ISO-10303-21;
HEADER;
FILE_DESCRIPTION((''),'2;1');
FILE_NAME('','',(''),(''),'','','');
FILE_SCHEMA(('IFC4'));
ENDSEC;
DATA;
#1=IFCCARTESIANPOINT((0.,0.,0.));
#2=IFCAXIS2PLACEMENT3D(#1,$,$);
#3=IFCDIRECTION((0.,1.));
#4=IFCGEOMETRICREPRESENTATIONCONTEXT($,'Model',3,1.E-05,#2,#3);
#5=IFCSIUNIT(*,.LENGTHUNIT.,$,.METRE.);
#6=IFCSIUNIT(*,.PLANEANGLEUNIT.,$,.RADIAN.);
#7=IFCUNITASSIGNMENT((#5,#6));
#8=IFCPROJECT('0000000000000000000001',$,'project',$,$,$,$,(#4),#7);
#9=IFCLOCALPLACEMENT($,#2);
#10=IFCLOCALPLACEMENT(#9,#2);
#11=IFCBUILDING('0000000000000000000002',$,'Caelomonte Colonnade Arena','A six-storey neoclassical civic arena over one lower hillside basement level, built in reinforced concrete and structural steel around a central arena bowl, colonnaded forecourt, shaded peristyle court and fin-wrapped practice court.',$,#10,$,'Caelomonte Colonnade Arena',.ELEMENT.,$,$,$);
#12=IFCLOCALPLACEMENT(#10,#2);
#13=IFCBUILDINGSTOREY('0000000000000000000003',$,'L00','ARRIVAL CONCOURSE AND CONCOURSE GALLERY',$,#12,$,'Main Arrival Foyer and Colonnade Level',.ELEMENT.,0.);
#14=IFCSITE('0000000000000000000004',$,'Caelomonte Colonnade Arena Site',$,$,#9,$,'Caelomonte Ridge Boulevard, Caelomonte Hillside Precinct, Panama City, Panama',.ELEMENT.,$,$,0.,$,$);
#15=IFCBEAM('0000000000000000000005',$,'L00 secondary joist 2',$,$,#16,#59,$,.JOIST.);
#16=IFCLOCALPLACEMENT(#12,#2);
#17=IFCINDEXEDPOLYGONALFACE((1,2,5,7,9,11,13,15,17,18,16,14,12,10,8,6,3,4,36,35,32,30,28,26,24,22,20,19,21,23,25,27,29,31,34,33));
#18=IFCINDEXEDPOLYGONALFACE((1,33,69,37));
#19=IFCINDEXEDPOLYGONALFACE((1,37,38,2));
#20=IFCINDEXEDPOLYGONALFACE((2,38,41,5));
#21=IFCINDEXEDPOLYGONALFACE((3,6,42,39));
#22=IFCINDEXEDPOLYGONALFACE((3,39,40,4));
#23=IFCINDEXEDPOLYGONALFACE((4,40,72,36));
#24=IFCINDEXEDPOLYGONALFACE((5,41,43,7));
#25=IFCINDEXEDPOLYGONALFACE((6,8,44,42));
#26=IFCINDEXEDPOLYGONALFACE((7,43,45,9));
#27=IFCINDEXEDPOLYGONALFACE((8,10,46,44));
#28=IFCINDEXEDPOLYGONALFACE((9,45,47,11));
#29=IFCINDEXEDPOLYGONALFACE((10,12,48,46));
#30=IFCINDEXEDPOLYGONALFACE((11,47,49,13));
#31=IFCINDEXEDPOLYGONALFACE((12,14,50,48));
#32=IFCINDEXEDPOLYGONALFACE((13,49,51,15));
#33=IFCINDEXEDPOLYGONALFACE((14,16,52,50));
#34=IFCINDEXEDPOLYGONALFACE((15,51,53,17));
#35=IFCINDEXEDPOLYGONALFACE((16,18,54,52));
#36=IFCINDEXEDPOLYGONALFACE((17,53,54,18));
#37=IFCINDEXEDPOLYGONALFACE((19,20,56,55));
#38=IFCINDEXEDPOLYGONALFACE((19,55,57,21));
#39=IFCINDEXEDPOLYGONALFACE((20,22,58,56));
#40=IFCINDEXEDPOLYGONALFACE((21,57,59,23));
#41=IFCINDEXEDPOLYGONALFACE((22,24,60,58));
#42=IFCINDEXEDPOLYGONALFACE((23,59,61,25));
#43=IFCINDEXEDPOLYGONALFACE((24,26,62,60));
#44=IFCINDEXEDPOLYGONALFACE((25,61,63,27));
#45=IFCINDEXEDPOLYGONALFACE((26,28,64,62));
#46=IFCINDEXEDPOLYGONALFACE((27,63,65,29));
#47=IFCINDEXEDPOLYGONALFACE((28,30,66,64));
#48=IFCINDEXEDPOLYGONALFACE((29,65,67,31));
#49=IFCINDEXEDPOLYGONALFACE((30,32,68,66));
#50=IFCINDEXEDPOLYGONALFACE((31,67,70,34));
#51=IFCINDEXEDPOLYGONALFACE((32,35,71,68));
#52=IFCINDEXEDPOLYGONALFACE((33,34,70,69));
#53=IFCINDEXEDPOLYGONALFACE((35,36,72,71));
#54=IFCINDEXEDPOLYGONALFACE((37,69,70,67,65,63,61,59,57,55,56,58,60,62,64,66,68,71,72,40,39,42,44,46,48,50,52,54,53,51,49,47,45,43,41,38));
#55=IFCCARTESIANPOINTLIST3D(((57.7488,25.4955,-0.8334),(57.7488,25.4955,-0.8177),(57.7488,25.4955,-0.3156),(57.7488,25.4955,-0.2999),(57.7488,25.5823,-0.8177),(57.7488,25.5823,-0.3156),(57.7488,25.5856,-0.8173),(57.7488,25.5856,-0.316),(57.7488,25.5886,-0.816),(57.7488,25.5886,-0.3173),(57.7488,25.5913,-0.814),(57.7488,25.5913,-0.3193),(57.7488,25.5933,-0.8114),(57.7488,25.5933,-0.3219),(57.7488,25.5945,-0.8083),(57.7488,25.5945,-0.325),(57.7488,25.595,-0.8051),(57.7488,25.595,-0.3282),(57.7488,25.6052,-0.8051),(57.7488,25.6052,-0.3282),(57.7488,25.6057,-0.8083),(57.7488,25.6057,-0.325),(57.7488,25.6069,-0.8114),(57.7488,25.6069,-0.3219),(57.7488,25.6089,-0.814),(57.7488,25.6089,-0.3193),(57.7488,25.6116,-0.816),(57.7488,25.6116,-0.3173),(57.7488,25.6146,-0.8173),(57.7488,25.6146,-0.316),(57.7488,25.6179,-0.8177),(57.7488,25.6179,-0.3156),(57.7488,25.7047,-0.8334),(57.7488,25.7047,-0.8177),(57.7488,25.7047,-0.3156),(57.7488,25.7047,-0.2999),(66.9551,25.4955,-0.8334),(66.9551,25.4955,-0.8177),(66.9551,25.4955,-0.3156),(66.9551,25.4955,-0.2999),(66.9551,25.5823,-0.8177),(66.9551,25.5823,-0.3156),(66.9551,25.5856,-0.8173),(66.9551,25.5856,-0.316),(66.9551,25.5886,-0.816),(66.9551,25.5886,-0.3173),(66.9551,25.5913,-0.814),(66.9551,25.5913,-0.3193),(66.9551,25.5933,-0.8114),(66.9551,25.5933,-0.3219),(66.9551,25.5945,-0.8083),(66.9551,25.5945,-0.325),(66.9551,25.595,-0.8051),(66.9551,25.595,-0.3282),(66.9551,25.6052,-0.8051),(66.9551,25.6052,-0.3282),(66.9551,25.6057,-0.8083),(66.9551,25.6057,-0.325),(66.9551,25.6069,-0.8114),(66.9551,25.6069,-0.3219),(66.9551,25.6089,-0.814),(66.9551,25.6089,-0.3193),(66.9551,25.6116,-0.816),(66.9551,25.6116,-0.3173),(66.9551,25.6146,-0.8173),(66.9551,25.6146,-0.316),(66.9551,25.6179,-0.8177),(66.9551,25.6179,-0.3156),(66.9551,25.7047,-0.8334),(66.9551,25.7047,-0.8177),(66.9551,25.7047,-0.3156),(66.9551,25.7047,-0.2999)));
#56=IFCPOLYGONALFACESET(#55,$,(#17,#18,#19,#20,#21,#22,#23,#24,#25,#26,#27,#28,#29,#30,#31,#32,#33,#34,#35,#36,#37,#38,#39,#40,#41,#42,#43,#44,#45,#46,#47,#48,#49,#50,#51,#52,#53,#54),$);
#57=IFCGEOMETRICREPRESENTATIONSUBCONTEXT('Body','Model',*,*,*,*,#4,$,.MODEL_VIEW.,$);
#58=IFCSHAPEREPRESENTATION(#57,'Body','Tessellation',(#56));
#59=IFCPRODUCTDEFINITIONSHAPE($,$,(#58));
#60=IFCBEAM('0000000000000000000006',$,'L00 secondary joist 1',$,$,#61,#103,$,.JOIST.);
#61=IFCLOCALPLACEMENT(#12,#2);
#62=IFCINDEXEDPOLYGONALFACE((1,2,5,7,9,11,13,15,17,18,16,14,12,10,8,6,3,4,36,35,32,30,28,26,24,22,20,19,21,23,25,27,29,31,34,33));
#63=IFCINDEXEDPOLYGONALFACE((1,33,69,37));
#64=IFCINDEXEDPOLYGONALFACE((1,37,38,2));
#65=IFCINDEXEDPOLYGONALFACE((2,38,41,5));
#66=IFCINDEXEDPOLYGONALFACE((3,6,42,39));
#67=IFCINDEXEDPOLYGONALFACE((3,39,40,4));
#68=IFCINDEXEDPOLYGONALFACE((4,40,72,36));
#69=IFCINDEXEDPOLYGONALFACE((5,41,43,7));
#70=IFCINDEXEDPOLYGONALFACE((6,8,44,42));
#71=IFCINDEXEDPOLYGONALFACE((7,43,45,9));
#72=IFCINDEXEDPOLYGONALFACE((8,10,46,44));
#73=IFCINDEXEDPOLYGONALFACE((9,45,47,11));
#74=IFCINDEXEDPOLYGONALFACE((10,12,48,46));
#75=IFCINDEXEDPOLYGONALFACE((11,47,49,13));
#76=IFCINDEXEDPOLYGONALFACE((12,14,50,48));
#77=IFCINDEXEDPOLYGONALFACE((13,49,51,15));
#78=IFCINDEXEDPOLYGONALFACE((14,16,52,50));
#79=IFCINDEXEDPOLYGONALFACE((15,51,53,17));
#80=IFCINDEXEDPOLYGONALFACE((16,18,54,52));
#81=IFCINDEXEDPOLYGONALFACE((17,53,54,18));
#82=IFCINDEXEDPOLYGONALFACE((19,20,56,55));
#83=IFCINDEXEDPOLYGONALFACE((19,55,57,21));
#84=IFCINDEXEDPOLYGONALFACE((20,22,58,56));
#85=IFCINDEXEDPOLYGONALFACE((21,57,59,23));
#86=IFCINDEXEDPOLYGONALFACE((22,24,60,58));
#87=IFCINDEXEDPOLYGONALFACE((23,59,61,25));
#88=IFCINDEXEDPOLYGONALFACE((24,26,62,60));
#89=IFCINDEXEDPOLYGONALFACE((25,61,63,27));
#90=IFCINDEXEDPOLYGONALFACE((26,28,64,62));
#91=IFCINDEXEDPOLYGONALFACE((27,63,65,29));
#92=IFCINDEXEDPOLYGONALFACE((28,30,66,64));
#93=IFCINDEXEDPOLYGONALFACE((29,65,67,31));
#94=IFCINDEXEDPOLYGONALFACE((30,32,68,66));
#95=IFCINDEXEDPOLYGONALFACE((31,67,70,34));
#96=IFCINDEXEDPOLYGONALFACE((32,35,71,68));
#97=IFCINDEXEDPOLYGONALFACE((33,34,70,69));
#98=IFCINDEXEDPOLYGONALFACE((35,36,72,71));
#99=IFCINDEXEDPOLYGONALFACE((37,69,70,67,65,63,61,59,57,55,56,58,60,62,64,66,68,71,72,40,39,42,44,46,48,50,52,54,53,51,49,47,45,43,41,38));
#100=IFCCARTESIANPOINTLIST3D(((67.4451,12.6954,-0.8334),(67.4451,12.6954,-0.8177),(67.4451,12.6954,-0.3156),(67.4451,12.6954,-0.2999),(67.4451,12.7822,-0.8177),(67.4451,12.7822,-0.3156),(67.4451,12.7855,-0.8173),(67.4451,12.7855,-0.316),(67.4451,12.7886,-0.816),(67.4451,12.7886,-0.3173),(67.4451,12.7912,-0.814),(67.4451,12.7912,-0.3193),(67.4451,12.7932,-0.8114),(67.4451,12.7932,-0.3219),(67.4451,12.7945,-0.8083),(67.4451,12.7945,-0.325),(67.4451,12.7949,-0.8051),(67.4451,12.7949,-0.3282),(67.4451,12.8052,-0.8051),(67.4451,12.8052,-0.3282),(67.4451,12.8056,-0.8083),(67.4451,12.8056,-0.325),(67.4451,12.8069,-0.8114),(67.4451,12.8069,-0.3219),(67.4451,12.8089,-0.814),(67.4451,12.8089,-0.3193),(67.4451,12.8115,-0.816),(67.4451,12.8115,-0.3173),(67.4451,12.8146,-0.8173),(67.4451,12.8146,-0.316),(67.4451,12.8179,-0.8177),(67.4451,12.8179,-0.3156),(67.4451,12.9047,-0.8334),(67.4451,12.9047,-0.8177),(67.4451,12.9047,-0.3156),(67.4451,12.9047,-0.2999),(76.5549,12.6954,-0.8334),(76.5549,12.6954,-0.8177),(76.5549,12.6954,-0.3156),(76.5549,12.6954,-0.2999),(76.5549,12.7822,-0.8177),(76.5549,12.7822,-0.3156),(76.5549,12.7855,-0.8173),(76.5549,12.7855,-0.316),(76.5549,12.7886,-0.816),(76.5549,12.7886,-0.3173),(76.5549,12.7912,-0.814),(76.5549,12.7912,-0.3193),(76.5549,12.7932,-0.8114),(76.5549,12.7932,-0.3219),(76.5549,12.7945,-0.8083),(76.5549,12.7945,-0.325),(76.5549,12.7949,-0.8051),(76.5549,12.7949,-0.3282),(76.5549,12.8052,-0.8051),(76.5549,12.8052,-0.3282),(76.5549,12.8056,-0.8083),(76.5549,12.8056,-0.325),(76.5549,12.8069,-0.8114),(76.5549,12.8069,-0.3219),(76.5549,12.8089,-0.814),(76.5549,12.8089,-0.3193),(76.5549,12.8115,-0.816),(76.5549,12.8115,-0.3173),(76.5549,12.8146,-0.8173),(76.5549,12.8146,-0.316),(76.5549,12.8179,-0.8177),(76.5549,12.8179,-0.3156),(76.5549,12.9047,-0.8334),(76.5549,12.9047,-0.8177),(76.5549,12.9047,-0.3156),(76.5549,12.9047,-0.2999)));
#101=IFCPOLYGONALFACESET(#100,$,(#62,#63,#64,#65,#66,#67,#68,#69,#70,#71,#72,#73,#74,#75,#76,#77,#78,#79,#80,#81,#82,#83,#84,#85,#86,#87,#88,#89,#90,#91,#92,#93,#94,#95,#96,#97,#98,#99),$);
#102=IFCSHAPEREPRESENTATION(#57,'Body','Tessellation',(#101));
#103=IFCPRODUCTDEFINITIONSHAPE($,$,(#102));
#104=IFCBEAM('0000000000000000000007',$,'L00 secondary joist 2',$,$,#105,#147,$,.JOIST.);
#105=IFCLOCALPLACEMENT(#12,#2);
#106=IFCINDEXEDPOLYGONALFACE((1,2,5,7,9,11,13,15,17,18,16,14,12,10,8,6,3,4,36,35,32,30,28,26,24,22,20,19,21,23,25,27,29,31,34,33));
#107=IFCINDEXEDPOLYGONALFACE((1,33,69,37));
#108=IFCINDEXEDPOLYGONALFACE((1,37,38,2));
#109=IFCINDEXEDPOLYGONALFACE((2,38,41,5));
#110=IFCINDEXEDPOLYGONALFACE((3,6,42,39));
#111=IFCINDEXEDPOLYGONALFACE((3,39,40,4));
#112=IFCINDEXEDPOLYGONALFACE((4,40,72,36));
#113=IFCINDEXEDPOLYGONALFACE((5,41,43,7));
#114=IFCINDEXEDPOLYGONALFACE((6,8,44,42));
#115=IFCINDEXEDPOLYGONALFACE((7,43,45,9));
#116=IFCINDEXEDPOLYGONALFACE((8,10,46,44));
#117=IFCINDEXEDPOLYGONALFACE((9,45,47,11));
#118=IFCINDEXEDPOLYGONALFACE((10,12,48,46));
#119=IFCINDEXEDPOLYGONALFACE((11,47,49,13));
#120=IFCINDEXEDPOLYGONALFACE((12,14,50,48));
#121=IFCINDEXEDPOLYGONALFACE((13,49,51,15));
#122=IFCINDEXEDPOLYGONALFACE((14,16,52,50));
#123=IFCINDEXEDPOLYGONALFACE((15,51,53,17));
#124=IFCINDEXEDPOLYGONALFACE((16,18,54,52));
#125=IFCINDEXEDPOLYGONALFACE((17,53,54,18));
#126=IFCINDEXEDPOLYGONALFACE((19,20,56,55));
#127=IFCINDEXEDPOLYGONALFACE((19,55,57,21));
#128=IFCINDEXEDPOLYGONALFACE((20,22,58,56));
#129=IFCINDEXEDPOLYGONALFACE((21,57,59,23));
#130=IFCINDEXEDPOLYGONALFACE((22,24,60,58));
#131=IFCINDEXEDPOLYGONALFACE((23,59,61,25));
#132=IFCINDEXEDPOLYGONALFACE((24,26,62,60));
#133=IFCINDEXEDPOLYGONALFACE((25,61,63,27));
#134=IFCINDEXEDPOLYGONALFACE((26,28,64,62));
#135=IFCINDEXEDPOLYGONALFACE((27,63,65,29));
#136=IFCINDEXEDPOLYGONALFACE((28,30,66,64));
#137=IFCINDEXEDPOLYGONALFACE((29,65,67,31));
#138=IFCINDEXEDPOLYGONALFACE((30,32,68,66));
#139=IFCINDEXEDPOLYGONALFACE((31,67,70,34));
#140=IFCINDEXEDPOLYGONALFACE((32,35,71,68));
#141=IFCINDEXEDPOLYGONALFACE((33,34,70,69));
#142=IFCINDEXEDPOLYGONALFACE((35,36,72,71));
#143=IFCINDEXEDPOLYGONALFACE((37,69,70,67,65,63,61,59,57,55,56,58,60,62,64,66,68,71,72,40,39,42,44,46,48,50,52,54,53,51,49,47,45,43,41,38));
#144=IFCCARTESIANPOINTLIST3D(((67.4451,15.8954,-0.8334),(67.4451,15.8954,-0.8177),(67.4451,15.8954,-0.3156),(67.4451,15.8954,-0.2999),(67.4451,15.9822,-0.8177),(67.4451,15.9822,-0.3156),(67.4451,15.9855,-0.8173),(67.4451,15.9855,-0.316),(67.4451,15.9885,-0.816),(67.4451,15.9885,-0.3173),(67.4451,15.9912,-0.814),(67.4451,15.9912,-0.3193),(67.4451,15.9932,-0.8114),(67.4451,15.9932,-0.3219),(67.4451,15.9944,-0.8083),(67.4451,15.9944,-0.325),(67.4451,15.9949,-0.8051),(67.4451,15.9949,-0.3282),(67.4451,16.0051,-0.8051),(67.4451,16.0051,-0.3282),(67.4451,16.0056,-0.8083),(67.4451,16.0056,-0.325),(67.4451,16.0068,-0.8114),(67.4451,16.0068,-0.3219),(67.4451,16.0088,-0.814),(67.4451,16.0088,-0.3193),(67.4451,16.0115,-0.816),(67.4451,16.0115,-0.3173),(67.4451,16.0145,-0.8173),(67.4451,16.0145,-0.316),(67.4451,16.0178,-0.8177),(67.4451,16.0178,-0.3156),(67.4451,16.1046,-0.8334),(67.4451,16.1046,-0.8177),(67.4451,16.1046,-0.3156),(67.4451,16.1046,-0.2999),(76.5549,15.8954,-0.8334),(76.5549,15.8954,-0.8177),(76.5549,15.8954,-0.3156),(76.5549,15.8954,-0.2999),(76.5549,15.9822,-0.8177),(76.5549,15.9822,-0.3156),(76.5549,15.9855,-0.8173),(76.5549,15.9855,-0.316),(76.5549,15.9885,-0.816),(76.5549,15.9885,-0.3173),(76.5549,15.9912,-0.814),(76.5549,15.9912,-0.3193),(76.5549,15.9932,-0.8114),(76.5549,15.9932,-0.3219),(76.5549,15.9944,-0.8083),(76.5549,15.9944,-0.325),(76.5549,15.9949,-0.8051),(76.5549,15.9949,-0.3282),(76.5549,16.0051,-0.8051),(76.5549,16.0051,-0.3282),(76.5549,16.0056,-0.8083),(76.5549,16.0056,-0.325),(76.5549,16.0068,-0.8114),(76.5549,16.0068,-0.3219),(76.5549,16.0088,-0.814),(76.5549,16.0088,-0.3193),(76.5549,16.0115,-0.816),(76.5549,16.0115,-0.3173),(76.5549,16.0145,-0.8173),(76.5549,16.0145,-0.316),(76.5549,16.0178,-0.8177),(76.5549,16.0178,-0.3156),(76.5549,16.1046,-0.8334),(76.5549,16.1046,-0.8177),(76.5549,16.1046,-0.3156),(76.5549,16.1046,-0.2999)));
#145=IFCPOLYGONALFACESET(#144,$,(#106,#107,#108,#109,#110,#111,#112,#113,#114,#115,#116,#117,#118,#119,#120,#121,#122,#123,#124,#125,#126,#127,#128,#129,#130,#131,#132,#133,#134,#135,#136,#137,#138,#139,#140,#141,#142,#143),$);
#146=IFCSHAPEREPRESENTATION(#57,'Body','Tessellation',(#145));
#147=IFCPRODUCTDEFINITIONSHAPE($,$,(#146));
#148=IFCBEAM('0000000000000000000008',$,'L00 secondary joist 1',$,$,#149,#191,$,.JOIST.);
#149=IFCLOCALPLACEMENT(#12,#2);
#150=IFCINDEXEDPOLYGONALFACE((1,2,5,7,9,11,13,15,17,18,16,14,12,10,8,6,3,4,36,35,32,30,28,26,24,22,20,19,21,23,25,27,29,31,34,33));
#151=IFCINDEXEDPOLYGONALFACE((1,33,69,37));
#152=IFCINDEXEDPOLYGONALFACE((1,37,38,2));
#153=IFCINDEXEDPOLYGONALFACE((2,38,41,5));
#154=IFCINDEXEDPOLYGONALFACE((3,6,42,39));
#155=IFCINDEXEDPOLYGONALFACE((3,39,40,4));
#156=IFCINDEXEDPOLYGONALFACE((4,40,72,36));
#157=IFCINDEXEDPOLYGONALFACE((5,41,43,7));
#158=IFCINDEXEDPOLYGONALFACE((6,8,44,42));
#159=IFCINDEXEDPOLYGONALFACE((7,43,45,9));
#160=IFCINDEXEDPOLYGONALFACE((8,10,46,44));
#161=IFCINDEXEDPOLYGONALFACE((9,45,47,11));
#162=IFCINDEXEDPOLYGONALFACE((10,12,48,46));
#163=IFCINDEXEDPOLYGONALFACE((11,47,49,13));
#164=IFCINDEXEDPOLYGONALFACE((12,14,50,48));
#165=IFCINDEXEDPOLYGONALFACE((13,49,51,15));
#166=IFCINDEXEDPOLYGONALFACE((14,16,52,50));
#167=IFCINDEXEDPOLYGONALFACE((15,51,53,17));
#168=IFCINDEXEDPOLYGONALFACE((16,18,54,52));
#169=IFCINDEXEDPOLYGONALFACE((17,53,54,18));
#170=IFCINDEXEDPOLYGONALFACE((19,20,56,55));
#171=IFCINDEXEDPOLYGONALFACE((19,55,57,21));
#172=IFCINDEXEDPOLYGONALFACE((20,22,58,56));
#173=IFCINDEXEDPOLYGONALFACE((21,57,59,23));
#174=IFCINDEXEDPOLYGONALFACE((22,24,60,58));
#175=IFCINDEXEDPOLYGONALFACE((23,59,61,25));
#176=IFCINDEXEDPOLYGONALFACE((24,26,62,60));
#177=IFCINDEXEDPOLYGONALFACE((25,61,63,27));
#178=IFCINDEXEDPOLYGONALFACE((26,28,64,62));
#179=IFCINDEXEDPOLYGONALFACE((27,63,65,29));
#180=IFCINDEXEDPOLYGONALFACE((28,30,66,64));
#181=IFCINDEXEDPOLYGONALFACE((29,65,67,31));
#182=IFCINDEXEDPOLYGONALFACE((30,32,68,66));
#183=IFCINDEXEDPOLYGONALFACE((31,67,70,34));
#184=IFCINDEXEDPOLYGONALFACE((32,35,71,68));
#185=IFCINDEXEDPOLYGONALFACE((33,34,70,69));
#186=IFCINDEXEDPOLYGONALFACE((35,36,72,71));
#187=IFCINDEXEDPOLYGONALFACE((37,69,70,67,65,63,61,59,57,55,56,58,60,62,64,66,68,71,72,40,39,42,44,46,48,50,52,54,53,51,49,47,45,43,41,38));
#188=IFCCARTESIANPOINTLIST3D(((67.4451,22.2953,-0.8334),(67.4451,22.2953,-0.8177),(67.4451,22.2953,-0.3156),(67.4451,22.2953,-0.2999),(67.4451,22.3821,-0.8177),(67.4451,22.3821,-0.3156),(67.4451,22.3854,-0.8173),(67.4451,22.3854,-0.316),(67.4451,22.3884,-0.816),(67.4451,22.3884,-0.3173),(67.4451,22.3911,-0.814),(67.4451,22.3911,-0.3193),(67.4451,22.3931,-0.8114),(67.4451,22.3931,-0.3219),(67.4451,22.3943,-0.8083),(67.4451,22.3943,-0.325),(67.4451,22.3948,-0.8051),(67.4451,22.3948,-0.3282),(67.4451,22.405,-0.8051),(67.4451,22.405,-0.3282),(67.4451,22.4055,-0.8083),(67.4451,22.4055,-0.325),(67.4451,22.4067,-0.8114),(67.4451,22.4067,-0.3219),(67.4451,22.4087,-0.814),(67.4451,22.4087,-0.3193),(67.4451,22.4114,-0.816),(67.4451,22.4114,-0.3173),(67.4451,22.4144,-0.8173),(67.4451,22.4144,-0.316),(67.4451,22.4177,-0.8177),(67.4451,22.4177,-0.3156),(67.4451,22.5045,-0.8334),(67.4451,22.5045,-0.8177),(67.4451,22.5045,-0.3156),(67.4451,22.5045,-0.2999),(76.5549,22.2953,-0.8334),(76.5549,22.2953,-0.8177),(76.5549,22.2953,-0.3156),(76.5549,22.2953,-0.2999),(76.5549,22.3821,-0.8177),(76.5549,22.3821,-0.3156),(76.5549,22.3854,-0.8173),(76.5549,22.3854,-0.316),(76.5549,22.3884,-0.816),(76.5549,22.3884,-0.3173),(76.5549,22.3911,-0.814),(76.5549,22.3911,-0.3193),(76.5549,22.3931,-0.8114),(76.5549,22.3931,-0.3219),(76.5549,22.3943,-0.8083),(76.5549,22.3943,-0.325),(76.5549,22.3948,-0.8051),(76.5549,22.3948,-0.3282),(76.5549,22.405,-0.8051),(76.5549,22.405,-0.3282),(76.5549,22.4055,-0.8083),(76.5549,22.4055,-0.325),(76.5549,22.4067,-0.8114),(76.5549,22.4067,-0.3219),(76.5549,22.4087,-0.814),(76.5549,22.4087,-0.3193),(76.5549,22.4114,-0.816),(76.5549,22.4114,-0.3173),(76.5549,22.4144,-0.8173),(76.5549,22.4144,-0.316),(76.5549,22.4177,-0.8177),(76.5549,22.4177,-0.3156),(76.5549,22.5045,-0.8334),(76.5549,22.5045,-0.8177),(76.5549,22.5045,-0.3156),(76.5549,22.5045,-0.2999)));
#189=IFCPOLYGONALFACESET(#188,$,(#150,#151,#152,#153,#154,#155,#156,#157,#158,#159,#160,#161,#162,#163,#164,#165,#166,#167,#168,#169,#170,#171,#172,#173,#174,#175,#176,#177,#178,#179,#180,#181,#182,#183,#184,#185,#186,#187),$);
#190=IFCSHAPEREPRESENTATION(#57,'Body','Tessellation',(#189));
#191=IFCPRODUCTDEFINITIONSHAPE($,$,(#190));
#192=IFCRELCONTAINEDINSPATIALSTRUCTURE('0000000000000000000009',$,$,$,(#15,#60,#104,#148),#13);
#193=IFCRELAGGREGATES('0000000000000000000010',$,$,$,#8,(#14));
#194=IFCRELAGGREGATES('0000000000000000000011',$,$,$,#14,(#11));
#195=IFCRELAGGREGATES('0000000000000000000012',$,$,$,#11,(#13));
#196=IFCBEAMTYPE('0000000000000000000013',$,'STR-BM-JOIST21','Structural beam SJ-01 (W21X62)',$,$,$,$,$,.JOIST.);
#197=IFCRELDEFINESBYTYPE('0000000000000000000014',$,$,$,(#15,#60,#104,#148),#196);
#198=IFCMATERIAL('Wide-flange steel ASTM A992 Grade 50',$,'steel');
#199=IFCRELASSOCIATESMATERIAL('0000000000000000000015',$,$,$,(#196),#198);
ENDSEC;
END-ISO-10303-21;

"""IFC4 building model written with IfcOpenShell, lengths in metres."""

from ifc_helpers import new_model, si_unit, direction, frame, origin, origin_2d, place, context, subcontext, project, spatial, i_section, extrude, material, material_profile, profile_set, type_object, element, save


model = new_model("IFC4")

# Units and contexts
model_context = context("Model", 3, precision=1e-05, world=origin(), true_north=direction((0.0, 1.0)))
body_context = subcontext(model_context, "Body", "Model", "MODEL_VIEW")
ifc_project = project(units=[si_unit("LENGTHUNIT", "METRE"), si_unit("PLANEANGLEUNIT", "RADIAN")], contexts=[model_context])

# Site, building, storey
site_placement = place(None, origin())
site = spatial("IfcSite", under=ifc_project, at=site_placement, Name="Caelomonte Colonnade Arena Site", LongName="Caelomonte Ridge Boulevard, Caelomonte Hillside Precinct, Panama City, Panama", CompositionType="ELEMENT", RefElevation=0.0)
building_placement = place(site_placement, origin())
building = spatial("IfcBuilding", under=site, at=building_placement, Name="Caelomonte Colonnade Arena", Description="A six-storey neoclassical civic arena over one lower hillside basement level, built in reinforced concrete and structural steel around a central arena bowl, colonnaded forecourt, shaded peristyle court and fin-wrapped practice court.", LongName="Caelomonte Colonnade Arena", CompositionType="ELEMENT")
storey_placement = place(building_placement, origin())
storey = spatial("IfcBuildingStorey", under=building, at=storey_placement, Name="L00", Description="ARRIVAL CONCOURSE AND CONCOURSE GALLERY", LongName="Main Arrival Foyer and Colonnade Level", CompositionType="ELEMENT", Elevation=0.0)

# Shared definitions
ifc_material_1 = material(Name="Wide-flange steel ASTM A992 Grade 50", Category="steel")

# Beams
ifc_material_profile_1 = material_profile(ifc_material_1, i_section(OverallWidth=0.2092, OverallDepth=0.5334, WebThickness=0.0103, FlangeThickness=0.0156, FilletRadius=0.0127, at=origin_2d()), Name="W21X62")
ifc_profile_set_1 = profile_set([ifc_material_profile_1], Name="Wide-flange steel ASTM A992 Grade 50")
beam_type_1 = type_object("IfcBeamType", Name="STR-BM-JOIST21", Description="Structural beam SJ-01 (W21X62)", PredefinedType="JOIST", material=ifc_profile_set_1)
for number, where, z_axis, x_axis, name in (
    (1, (57.7488, 25.6001, -0.5667), (1.0, 0.0, 0.0), (0.0, 1.0, 0.0), "L00 secondary joist 2"),
):
    element("IfcBeam", number, at=place(storey_placement, frame(where, z_axis=z_axis, x_axis=x_axis)), inside=storey, type_object=beam_type_1, Name=name, PredefinedType="JOIST", context=body_context, shape_type="SweptSolid", body=[
        extrude(i_section(OverallWidth=0.2092, OverallDepth=0.5334, WebThickness=0.0103, FlangeThickness=0.0156, FilletRadius=0.0127, at=origin_2d()), origin(), (0.0, 0.0, 1.0), 9.2063),
    ])
for number, where, z_axis, x_axis, name in (
    (2, (67.4451, 12.8, -0.5667), (1.0, 0.0, 0.0), (0.0, 1.0, 0.0), "L00 secondary joist 1"),
    (3, (67.4451, 16.0, -0.5667), (1.0, 0.0, 0.0), (0.0, 1.0, 0.0), "L00 secondary joist 2"),
    (4, (67.4451, 22.3999, -0.5667), (1.0, 0.0, 0.0), (0.0, 1.0, 0.0), "L00 secondary joist 1"),
):
    element("IfcBeam", number, at=place(storey_placement, frame(where, z_axis=z_axis, x_axis=x_axis)), inside=storey, type_object=beam_type_1, Name=name, PredefinedType="JOIST", context=body_context, shape_type="SweptSolid", body=[
        extrude(i_section(OverallWidth=0.2092, OverallDepth=0.5334, WebThickness=0.0103, FlangeThickness=0.0156, FilletRadius=0.0127, at=origin_2d()), origin(), (0.0, 0.0, 1.0), 9.1099),
    ])

save(model, "model.ifc")
